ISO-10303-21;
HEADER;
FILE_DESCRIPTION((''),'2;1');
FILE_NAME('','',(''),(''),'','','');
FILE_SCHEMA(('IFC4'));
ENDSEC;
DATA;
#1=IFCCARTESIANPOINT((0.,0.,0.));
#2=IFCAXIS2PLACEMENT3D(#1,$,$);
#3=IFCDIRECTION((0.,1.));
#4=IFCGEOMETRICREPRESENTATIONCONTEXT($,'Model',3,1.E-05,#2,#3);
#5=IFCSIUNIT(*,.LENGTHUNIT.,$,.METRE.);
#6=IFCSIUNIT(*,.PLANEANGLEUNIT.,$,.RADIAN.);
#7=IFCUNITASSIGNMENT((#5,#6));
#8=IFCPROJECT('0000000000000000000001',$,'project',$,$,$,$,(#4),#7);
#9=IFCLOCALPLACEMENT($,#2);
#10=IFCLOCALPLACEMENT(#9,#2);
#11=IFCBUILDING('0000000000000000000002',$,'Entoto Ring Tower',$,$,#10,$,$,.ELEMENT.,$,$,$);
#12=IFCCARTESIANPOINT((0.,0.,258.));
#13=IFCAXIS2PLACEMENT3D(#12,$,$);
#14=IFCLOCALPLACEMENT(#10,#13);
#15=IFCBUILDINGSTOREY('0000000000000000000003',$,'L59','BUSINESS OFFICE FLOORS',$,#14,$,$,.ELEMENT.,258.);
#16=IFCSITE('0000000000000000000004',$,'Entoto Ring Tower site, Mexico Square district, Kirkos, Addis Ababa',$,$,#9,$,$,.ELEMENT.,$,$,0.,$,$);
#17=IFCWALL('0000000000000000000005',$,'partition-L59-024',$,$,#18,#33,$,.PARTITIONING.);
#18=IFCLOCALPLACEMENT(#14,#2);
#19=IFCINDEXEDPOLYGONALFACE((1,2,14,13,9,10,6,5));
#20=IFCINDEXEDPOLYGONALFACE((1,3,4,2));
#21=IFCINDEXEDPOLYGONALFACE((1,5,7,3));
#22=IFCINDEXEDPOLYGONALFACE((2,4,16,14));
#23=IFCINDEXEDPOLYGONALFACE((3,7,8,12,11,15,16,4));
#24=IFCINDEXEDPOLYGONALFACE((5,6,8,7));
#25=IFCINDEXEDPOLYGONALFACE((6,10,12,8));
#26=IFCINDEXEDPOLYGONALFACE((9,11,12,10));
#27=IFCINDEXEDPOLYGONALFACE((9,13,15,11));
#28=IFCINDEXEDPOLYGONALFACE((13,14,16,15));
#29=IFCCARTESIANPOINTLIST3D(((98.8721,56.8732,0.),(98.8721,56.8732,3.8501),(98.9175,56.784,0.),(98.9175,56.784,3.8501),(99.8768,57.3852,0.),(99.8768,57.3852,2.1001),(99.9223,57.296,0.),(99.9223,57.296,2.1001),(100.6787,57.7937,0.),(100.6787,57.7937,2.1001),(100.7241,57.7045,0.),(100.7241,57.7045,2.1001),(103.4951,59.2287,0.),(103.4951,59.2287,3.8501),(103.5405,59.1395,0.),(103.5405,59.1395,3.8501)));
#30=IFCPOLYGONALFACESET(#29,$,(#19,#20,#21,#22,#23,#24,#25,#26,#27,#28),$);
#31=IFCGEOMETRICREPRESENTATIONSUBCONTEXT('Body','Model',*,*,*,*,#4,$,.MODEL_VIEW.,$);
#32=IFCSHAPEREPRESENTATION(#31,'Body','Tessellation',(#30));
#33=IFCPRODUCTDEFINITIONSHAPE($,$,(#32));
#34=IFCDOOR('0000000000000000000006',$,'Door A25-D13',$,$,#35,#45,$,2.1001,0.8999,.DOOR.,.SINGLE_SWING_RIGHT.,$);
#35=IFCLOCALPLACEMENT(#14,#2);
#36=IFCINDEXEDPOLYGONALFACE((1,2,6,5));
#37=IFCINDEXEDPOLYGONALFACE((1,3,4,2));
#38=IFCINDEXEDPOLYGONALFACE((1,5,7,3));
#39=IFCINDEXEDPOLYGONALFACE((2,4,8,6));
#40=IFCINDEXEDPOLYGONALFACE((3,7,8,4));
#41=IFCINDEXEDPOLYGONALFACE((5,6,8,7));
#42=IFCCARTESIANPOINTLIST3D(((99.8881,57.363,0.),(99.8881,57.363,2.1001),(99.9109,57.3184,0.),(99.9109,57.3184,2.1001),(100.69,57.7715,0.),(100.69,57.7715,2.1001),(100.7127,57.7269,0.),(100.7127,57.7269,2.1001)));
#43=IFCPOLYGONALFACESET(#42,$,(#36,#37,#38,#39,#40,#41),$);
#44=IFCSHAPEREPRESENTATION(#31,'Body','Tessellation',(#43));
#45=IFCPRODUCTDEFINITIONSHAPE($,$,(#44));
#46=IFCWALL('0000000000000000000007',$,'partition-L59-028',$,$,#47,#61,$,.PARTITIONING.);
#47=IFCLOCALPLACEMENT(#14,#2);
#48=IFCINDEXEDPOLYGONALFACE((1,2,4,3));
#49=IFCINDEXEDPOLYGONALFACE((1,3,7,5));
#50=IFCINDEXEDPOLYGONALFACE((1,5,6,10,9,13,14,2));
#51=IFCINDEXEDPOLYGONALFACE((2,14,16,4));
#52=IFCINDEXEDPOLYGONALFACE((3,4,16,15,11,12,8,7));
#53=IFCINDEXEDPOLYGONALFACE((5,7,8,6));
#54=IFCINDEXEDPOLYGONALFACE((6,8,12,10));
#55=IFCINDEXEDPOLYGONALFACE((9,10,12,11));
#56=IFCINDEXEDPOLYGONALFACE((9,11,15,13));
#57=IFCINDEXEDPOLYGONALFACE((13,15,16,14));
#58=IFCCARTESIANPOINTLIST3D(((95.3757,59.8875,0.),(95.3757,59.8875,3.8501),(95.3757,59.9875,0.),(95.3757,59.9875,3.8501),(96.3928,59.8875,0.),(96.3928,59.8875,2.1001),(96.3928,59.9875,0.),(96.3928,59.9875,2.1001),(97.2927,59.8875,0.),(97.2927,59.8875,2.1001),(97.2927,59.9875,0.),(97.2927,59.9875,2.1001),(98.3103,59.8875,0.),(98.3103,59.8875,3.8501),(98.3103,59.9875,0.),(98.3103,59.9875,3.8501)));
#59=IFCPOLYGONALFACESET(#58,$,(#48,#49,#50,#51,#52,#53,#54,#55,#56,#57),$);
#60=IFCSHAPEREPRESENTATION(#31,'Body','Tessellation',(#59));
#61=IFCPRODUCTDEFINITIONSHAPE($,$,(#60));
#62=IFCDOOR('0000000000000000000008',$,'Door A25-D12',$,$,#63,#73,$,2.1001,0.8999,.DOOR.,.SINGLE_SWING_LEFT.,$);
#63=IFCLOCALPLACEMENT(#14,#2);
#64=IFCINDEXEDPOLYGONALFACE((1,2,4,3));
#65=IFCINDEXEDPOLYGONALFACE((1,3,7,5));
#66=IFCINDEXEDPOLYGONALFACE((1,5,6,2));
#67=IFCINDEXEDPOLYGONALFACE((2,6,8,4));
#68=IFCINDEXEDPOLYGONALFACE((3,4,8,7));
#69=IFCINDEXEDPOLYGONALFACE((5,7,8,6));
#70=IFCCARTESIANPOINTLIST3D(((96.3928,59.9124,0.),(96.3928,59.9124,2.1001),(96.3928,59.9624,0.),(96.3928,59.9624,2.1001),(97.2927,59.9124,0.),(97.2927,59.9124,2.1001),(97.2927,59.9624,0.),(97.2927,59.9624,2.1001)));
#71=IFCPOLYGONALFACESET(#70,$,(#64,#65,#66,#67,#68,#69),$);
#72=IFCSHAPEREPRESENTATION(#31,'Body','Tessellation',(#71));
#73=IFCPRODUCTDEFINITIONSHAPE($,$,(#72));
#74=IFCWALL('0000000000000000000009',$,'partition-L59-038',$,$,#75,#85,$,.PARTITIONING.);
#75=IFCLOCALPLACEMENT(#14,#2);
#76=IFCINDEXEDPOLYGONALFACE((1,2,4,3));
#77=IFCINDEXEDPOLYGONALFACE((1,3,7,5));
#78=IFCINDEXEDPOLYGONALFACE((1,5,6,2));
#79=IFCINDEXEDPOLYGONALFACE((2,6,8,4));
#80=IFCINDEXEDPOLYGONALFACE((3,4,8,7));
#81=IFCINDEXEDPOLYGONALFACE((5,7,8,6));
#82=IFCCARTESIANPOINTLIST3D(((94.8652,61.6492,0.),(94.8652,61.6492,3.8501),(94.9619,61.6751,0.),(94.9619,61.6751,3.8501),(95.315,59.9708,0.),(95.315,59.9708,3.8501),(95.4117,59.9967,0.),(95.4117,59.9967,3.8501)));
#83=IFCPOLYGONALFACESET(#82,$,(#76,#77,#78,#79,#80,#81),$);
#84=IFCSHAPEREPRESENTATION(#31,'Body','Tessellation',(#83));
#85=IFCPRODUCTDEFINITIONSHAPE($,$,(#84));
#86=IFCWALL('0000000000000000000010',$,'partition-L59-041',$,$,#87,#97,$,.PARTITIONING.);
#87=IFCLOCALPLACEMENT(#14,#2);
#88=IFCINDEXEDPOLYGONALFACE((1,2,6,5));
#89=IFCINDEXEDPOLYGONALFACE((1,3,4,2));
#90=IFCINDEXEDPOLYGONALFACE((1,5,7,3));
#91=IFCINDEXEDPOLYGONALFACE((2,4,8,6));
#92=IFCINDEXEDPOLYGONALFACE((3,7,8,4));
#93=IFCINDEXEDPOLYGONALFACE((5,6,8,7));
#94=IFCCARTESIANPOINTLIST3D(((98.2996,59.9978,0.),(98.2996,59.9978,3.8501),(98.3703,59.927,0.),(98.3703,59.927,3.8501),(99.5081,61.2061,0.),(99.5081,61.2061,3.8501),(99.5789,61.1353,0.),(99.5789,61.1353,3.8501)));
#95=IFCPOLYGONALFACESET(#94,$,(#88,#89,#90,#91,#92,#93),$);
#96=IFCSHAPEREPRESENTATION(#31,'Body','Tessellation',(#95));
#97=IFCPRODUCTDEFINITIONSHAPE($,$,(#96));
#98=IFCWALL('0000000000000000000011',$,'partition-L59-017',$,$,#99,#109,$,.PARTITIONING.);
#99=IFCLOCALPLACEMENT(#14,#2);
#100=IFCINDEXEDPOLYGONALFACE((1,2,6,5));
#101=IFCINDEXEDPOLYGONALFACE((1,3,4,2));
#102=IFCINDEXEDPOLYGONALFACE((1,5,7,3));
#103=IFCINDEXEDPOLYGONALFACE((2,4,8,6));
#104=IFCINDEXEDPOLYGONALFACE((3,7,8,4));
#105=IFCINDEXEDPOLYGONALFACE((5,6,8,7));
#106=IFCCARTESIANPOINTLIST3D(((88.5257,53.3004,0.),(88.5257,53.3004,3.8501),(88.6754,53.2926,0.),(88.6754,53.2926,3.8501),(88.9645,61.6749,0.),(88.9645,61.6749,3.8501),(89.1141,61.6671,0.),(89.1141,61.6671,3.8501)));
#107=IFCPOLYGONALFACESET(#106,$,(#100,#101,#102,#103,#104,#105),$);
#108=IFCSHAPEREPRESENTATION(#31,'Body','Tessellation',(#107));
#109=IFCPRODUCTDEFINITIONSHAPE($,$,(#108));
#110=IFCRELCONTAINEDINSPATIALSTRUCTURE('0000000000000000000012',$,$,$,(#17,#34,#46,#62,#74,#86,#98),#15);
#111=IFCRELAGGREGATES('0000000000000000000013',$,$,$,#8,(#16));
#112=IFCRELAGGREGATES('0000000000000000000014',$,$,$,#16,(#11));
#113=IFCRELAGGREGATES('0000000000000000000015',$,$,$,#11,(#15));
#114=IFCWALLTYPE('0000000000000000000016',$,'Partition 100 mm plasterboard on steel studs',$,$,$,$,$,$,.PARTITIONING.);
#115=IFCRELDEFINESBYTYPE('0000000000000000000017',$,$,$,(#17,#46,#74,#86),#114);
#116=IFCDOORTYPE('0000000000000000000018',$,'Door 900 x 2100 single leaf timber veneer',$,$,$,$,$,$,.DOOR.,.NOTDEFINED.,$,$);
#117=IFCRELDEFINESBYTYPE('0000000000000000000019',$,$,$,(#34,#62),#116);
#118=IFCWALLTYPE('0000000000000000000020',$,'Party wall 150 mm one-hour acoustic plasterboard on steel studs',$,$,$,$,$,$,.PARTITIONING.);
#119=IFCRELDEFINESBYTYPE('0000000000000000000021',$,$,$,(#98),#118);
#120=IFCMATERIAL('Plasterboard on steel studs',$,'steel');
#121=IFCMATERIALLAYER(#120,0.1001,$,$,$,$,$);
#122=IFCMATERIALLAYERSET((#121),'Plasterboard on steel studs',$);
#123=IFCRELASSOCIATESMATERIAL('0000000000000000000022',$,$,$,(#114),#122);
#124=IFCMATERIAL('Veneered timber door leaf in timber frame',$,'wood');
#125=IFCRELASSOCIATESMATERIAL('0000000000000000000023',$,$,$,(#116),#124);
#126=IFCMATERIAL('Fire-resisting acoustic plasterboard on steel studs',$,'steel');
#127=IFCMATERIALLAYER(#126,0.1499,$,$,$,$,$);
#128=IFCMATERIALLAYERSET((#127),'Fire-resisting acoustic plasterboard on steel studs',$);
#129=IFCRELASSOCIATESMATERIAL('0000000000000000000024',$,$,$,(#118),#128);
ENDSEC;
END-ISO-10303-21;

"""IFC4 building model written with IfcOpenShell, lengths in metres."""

from ifc_helpers import new_model, si_unit, direction, frame, frame_2d, origin, place, context, subcontext, project, spatial, rectangle, extrude, material, layer, layer_set, type_object, element, fill, save


model = new_model("IFC4")

# Units and contexts
model_context = context("Model", 3, precision=1e-05, world=origin(), true_north=direction((0.0, 1.0)))
body_context = subcontext(model_context, "Body", "Model", "MODEL_VIEW")
ifc_project = project(units=[si_unit("LENGTHUNIT", "METRE"), si_unit("PLANEANGLEUNIT", "RADIAN")], contexts=[model_context])

# Site, building, storey
site_placement = place(None, origin())
site = spatial("IfcSite", under=ifc_project, at=site_placement, Name="Entoto Ring Tower site, Mexico Square district, Kirkos, Addis Ababa", CompositionType="ELEMENT", RefElevation=0.0)
building_placement = place(site_placement, origin())
building = spatial("IfcBuilding", under=site, at=building_placement, Name="Entoto Ring Tower", CompositionType="ELEMENT")
storey_placement = place(building_placement, frame((0.0, 0.0, 258.0)))
storey = spatial("IfcBuildingStorey", under=building, at=storey_placement, Name="L59", Description="BUSINESS OFFICE FLOORS", CompositionType="ELEMENT", Elevation=258.0)

# Walls, openings, doors
ifc_material_1 = material(Name="Plasterboard on steel studs", Category="steel")
ifc_layer_1 = layer(ifc_material_1, 0.1001)
ifc_layer_set_1 = layer_set([ifc_layer_1], Name="Plasterboard on steel studs")
wall_type_1 = type_object("IfcWallType", Name="Partition 100 mm plasterboard on steel studs", PredefinedType="PARTITIONING", material=ifc_layer_set_1)
wall_1_placement = place(storey_placement, frame((98.8948, 56.8286, 0.0), z_axis=(0.0, 0.0, 1.0), x_axis=(0.891014, 0.453977, 0.0)))
wall_1 = element("IfcWall", 1, at=wall_1_placement, inside=storey, type_object=wall_type_1, Name="partition-L59-024", PredefinedType="PARTITIONING", context=body_context, shape_type="SweptSolid", body=[
    extrude(rectangle(XDim=5.1885, YDim=0.1001, at=frame_2d((2.5942, 0.0))), origin(), (0.0, 0.0, 1.0), 3.8501),
])
opening_1_placement = place(wall_1_placement, frame((1.1277, 0.0, 0.0)))
opening_1 = element("IfcOpeningElement", 2, at=opening_1_placement, cuts=wall_1, PredefinedType="OPENING", context=body_context, shape_type="SweptSolid", body=[
    extrude(rectangle(XDim=0.8999, YDim=2.1001, at=frame_2d((0.45, 1.05))), frame((0.0, 0.0601, 0.0), z_axis=(0.0, -1.0, 0.0), x_axis=(1.0, 0.0, 0.0)), (0.0, 0.0, 1.0), 0.1201),
])
ifc_material_2 = material(Name="Veneered timber door leaf in timber frame", Category="wood")
door_type_1 = type_object("IfcDoorType", Name="Door 900 x 2100 single leaf timber veneer", OperationType="NOTDEFINED", PredefinedType="DOOR", material=ifc_material_2)
door_1_placement = place(opening_1_placement, frame((0.8999, 0.0, 0.0), z_axis=(0.0, 0.0, 1.0), x_axis=(-1.0, 0.0, 0.0)))
door_1 = element("IfcDoor", 3, at=door_1_placement, inside=storey, type_object=door_type_1, Name="Door A25-D13", OperationType="SINGLE_SWING_RIGHT", OverallHeight=2.1001, OverallWidth=0.8999, PredefinedType="DOOR", context=body_context, shape_type="SweptSolid", body=[
    extrude(rectangle(XDim=0.8999, YDim=2.1001, at=frame_2d((0.45, 1.05))), frame((0.0, 0.0249, 0.0), z_axis=(0.0, -1.0, 0.0), x_axis=(1.0, 0.0, 0.0)), (0.0, 0.0, 1.0), 0.05),
])
fill(opening_1, door_1)
wall_2_placement = place(storey_placement, frame((95.3757, 59.9375, 0.0), z_axis=(0.0, 0.0, 1.0), x_axis=(1.0, 0.0, 0.0)))
wall_2 = element("IfcWall", 4, at=wall_2_placement, inside=storey, type_object=wall_type_1, Name="partition-L59-028", PredefinedType="PARTITIONING", context=body_context, shape_type="SweptSolid", body=[
    extrude(rectangle(XDim=2.9346, YDim=0.1001, at=frame_2d((1.4673, 0.0))), origin(), (0.0, 0.0, 1.0), 3.8501),
])
opening_2_placement = place(wall_2_placement, frame((1.0171, 0.0, 0.0)))
opening_2 = element("IfcOpeningElement", 5, at=opening_2_placement, cuts=wall_2, PredefinedType="OPENING", context=body_context, shape_type="SweptSolid", body=[
    extrude(rectangle(XDim=0.8999, YDim=2.1001, at=frame_2d((0.45, 1.05))), frame((0.0, 0.0601, 0.0), z_axis=(0.0, -1.0, 0.0), x_axis=(1.0, 0.0, 0.0)), (0.0, 0.0, 1.0), 0.1201),
])
door_2_placement = place(opening_2_placement, origin())
door_2 = element("IfcDoor", 6, at=door_2_placement, inside=storey, type_object=door_type_1, Name="Door A25-D12", OperationType="SINGLE_SWING_LEFT", OverallHeight=2.1001, OverallWidth=0.8999, PredefinedType="DOOR", context=body_context, shape_type="SweptSolid", body=[
    extrude(rectangle(XDim=0.8999, YDim=2.1001, at=frame_2d((0.45, 1.05))), frame((0.0, 0.0249, 0.0), z_axis=(0.0, -1.0, 0.0), x_axis=(1.0, 0.0, 0.0)), (0.0, 0.0, 1.0), 0.05),
])
fill(opening_2, door_2)

# Walls
wall_3_placement = place(storey_placement, frame((95.3633, 59.9839, 0.0), z_axis=(0.0, 0.0, 1.0), x_axis=(-0.258834, 0.965922, 0.0)))
element("IfcWall", 7, at=wall_3_placement, inside=storey, type_object=wall_type_1, Name="partition-L59-038", PredefinedType="PARTITIONING", context=body_context, shape_type="SweptSolid", body=[
    extrude(rectangle(XDim=1.7375, YDim=0.1001, at=frame_2d((0.8687, 0.0))), origin(), (0.0, 0.0, 1.0), 3.8501),
])
wall_4_placement = place(storey_placement, frame((98.335, 59.9624, 0.0), z_axis=(0.0, 0.0, 1.0), x_axis=(0.707178, 0.707035, 0.0)))
element("IfcWall", 8, at=wall_4_placement, inside=storey, type_object=wall_type_1, Name="partition-L59-041", PredefinedType="PARTITIONING", context=body_context, shape_type="SweptSolid", body=[
    extrude(rectangle(XDim=1.709, YDim=0.1001, at=frame_2d((0.8545, 0.0))), origin(), (0.0, 0.0, 1.0), 3.8501),
])
ifc_material_3 = material(Name="Fire-resisting acoustic plasterboard on steel studs", Category="steel")
ifc_layer_2 = layer(ifc_material_3, 0.1499)
ifc_layer_set_2 = layer_set([ifc_layer_2], Name="Fire-resisting acoustic plasterboard on steel studs")
wall_type_2 = type_object("IfcWallType", Name="Party wall 150 mm one-hour acoustic plasterboard on steel studs", PredefinedType="PARTITIONING", material=ifc_layer_set_2)
wall_5_placement = place(storey_placement, frame((88.6006, 53.2966, 0.0), z_axis=(0.0, 0.0, 1.0), x_axis=(0.052316, 0.998631, 0.0)))
element("IfcWall", 9, at=wall_5_placement, inside=storey, type_object=wall_type_2, Name="partition-L59-017", PredefinedType="PARTITIONING", context=body_context, shape_type="SweptSolid", body=[
    extrude(rectangle(XDim=8.386, YDim=0.1499, at=frame_2d((4.1929, 0.0))), origin(), (0.0, 0.0, 1.0), 3.8501),
])

save(model, "model.ifc")
